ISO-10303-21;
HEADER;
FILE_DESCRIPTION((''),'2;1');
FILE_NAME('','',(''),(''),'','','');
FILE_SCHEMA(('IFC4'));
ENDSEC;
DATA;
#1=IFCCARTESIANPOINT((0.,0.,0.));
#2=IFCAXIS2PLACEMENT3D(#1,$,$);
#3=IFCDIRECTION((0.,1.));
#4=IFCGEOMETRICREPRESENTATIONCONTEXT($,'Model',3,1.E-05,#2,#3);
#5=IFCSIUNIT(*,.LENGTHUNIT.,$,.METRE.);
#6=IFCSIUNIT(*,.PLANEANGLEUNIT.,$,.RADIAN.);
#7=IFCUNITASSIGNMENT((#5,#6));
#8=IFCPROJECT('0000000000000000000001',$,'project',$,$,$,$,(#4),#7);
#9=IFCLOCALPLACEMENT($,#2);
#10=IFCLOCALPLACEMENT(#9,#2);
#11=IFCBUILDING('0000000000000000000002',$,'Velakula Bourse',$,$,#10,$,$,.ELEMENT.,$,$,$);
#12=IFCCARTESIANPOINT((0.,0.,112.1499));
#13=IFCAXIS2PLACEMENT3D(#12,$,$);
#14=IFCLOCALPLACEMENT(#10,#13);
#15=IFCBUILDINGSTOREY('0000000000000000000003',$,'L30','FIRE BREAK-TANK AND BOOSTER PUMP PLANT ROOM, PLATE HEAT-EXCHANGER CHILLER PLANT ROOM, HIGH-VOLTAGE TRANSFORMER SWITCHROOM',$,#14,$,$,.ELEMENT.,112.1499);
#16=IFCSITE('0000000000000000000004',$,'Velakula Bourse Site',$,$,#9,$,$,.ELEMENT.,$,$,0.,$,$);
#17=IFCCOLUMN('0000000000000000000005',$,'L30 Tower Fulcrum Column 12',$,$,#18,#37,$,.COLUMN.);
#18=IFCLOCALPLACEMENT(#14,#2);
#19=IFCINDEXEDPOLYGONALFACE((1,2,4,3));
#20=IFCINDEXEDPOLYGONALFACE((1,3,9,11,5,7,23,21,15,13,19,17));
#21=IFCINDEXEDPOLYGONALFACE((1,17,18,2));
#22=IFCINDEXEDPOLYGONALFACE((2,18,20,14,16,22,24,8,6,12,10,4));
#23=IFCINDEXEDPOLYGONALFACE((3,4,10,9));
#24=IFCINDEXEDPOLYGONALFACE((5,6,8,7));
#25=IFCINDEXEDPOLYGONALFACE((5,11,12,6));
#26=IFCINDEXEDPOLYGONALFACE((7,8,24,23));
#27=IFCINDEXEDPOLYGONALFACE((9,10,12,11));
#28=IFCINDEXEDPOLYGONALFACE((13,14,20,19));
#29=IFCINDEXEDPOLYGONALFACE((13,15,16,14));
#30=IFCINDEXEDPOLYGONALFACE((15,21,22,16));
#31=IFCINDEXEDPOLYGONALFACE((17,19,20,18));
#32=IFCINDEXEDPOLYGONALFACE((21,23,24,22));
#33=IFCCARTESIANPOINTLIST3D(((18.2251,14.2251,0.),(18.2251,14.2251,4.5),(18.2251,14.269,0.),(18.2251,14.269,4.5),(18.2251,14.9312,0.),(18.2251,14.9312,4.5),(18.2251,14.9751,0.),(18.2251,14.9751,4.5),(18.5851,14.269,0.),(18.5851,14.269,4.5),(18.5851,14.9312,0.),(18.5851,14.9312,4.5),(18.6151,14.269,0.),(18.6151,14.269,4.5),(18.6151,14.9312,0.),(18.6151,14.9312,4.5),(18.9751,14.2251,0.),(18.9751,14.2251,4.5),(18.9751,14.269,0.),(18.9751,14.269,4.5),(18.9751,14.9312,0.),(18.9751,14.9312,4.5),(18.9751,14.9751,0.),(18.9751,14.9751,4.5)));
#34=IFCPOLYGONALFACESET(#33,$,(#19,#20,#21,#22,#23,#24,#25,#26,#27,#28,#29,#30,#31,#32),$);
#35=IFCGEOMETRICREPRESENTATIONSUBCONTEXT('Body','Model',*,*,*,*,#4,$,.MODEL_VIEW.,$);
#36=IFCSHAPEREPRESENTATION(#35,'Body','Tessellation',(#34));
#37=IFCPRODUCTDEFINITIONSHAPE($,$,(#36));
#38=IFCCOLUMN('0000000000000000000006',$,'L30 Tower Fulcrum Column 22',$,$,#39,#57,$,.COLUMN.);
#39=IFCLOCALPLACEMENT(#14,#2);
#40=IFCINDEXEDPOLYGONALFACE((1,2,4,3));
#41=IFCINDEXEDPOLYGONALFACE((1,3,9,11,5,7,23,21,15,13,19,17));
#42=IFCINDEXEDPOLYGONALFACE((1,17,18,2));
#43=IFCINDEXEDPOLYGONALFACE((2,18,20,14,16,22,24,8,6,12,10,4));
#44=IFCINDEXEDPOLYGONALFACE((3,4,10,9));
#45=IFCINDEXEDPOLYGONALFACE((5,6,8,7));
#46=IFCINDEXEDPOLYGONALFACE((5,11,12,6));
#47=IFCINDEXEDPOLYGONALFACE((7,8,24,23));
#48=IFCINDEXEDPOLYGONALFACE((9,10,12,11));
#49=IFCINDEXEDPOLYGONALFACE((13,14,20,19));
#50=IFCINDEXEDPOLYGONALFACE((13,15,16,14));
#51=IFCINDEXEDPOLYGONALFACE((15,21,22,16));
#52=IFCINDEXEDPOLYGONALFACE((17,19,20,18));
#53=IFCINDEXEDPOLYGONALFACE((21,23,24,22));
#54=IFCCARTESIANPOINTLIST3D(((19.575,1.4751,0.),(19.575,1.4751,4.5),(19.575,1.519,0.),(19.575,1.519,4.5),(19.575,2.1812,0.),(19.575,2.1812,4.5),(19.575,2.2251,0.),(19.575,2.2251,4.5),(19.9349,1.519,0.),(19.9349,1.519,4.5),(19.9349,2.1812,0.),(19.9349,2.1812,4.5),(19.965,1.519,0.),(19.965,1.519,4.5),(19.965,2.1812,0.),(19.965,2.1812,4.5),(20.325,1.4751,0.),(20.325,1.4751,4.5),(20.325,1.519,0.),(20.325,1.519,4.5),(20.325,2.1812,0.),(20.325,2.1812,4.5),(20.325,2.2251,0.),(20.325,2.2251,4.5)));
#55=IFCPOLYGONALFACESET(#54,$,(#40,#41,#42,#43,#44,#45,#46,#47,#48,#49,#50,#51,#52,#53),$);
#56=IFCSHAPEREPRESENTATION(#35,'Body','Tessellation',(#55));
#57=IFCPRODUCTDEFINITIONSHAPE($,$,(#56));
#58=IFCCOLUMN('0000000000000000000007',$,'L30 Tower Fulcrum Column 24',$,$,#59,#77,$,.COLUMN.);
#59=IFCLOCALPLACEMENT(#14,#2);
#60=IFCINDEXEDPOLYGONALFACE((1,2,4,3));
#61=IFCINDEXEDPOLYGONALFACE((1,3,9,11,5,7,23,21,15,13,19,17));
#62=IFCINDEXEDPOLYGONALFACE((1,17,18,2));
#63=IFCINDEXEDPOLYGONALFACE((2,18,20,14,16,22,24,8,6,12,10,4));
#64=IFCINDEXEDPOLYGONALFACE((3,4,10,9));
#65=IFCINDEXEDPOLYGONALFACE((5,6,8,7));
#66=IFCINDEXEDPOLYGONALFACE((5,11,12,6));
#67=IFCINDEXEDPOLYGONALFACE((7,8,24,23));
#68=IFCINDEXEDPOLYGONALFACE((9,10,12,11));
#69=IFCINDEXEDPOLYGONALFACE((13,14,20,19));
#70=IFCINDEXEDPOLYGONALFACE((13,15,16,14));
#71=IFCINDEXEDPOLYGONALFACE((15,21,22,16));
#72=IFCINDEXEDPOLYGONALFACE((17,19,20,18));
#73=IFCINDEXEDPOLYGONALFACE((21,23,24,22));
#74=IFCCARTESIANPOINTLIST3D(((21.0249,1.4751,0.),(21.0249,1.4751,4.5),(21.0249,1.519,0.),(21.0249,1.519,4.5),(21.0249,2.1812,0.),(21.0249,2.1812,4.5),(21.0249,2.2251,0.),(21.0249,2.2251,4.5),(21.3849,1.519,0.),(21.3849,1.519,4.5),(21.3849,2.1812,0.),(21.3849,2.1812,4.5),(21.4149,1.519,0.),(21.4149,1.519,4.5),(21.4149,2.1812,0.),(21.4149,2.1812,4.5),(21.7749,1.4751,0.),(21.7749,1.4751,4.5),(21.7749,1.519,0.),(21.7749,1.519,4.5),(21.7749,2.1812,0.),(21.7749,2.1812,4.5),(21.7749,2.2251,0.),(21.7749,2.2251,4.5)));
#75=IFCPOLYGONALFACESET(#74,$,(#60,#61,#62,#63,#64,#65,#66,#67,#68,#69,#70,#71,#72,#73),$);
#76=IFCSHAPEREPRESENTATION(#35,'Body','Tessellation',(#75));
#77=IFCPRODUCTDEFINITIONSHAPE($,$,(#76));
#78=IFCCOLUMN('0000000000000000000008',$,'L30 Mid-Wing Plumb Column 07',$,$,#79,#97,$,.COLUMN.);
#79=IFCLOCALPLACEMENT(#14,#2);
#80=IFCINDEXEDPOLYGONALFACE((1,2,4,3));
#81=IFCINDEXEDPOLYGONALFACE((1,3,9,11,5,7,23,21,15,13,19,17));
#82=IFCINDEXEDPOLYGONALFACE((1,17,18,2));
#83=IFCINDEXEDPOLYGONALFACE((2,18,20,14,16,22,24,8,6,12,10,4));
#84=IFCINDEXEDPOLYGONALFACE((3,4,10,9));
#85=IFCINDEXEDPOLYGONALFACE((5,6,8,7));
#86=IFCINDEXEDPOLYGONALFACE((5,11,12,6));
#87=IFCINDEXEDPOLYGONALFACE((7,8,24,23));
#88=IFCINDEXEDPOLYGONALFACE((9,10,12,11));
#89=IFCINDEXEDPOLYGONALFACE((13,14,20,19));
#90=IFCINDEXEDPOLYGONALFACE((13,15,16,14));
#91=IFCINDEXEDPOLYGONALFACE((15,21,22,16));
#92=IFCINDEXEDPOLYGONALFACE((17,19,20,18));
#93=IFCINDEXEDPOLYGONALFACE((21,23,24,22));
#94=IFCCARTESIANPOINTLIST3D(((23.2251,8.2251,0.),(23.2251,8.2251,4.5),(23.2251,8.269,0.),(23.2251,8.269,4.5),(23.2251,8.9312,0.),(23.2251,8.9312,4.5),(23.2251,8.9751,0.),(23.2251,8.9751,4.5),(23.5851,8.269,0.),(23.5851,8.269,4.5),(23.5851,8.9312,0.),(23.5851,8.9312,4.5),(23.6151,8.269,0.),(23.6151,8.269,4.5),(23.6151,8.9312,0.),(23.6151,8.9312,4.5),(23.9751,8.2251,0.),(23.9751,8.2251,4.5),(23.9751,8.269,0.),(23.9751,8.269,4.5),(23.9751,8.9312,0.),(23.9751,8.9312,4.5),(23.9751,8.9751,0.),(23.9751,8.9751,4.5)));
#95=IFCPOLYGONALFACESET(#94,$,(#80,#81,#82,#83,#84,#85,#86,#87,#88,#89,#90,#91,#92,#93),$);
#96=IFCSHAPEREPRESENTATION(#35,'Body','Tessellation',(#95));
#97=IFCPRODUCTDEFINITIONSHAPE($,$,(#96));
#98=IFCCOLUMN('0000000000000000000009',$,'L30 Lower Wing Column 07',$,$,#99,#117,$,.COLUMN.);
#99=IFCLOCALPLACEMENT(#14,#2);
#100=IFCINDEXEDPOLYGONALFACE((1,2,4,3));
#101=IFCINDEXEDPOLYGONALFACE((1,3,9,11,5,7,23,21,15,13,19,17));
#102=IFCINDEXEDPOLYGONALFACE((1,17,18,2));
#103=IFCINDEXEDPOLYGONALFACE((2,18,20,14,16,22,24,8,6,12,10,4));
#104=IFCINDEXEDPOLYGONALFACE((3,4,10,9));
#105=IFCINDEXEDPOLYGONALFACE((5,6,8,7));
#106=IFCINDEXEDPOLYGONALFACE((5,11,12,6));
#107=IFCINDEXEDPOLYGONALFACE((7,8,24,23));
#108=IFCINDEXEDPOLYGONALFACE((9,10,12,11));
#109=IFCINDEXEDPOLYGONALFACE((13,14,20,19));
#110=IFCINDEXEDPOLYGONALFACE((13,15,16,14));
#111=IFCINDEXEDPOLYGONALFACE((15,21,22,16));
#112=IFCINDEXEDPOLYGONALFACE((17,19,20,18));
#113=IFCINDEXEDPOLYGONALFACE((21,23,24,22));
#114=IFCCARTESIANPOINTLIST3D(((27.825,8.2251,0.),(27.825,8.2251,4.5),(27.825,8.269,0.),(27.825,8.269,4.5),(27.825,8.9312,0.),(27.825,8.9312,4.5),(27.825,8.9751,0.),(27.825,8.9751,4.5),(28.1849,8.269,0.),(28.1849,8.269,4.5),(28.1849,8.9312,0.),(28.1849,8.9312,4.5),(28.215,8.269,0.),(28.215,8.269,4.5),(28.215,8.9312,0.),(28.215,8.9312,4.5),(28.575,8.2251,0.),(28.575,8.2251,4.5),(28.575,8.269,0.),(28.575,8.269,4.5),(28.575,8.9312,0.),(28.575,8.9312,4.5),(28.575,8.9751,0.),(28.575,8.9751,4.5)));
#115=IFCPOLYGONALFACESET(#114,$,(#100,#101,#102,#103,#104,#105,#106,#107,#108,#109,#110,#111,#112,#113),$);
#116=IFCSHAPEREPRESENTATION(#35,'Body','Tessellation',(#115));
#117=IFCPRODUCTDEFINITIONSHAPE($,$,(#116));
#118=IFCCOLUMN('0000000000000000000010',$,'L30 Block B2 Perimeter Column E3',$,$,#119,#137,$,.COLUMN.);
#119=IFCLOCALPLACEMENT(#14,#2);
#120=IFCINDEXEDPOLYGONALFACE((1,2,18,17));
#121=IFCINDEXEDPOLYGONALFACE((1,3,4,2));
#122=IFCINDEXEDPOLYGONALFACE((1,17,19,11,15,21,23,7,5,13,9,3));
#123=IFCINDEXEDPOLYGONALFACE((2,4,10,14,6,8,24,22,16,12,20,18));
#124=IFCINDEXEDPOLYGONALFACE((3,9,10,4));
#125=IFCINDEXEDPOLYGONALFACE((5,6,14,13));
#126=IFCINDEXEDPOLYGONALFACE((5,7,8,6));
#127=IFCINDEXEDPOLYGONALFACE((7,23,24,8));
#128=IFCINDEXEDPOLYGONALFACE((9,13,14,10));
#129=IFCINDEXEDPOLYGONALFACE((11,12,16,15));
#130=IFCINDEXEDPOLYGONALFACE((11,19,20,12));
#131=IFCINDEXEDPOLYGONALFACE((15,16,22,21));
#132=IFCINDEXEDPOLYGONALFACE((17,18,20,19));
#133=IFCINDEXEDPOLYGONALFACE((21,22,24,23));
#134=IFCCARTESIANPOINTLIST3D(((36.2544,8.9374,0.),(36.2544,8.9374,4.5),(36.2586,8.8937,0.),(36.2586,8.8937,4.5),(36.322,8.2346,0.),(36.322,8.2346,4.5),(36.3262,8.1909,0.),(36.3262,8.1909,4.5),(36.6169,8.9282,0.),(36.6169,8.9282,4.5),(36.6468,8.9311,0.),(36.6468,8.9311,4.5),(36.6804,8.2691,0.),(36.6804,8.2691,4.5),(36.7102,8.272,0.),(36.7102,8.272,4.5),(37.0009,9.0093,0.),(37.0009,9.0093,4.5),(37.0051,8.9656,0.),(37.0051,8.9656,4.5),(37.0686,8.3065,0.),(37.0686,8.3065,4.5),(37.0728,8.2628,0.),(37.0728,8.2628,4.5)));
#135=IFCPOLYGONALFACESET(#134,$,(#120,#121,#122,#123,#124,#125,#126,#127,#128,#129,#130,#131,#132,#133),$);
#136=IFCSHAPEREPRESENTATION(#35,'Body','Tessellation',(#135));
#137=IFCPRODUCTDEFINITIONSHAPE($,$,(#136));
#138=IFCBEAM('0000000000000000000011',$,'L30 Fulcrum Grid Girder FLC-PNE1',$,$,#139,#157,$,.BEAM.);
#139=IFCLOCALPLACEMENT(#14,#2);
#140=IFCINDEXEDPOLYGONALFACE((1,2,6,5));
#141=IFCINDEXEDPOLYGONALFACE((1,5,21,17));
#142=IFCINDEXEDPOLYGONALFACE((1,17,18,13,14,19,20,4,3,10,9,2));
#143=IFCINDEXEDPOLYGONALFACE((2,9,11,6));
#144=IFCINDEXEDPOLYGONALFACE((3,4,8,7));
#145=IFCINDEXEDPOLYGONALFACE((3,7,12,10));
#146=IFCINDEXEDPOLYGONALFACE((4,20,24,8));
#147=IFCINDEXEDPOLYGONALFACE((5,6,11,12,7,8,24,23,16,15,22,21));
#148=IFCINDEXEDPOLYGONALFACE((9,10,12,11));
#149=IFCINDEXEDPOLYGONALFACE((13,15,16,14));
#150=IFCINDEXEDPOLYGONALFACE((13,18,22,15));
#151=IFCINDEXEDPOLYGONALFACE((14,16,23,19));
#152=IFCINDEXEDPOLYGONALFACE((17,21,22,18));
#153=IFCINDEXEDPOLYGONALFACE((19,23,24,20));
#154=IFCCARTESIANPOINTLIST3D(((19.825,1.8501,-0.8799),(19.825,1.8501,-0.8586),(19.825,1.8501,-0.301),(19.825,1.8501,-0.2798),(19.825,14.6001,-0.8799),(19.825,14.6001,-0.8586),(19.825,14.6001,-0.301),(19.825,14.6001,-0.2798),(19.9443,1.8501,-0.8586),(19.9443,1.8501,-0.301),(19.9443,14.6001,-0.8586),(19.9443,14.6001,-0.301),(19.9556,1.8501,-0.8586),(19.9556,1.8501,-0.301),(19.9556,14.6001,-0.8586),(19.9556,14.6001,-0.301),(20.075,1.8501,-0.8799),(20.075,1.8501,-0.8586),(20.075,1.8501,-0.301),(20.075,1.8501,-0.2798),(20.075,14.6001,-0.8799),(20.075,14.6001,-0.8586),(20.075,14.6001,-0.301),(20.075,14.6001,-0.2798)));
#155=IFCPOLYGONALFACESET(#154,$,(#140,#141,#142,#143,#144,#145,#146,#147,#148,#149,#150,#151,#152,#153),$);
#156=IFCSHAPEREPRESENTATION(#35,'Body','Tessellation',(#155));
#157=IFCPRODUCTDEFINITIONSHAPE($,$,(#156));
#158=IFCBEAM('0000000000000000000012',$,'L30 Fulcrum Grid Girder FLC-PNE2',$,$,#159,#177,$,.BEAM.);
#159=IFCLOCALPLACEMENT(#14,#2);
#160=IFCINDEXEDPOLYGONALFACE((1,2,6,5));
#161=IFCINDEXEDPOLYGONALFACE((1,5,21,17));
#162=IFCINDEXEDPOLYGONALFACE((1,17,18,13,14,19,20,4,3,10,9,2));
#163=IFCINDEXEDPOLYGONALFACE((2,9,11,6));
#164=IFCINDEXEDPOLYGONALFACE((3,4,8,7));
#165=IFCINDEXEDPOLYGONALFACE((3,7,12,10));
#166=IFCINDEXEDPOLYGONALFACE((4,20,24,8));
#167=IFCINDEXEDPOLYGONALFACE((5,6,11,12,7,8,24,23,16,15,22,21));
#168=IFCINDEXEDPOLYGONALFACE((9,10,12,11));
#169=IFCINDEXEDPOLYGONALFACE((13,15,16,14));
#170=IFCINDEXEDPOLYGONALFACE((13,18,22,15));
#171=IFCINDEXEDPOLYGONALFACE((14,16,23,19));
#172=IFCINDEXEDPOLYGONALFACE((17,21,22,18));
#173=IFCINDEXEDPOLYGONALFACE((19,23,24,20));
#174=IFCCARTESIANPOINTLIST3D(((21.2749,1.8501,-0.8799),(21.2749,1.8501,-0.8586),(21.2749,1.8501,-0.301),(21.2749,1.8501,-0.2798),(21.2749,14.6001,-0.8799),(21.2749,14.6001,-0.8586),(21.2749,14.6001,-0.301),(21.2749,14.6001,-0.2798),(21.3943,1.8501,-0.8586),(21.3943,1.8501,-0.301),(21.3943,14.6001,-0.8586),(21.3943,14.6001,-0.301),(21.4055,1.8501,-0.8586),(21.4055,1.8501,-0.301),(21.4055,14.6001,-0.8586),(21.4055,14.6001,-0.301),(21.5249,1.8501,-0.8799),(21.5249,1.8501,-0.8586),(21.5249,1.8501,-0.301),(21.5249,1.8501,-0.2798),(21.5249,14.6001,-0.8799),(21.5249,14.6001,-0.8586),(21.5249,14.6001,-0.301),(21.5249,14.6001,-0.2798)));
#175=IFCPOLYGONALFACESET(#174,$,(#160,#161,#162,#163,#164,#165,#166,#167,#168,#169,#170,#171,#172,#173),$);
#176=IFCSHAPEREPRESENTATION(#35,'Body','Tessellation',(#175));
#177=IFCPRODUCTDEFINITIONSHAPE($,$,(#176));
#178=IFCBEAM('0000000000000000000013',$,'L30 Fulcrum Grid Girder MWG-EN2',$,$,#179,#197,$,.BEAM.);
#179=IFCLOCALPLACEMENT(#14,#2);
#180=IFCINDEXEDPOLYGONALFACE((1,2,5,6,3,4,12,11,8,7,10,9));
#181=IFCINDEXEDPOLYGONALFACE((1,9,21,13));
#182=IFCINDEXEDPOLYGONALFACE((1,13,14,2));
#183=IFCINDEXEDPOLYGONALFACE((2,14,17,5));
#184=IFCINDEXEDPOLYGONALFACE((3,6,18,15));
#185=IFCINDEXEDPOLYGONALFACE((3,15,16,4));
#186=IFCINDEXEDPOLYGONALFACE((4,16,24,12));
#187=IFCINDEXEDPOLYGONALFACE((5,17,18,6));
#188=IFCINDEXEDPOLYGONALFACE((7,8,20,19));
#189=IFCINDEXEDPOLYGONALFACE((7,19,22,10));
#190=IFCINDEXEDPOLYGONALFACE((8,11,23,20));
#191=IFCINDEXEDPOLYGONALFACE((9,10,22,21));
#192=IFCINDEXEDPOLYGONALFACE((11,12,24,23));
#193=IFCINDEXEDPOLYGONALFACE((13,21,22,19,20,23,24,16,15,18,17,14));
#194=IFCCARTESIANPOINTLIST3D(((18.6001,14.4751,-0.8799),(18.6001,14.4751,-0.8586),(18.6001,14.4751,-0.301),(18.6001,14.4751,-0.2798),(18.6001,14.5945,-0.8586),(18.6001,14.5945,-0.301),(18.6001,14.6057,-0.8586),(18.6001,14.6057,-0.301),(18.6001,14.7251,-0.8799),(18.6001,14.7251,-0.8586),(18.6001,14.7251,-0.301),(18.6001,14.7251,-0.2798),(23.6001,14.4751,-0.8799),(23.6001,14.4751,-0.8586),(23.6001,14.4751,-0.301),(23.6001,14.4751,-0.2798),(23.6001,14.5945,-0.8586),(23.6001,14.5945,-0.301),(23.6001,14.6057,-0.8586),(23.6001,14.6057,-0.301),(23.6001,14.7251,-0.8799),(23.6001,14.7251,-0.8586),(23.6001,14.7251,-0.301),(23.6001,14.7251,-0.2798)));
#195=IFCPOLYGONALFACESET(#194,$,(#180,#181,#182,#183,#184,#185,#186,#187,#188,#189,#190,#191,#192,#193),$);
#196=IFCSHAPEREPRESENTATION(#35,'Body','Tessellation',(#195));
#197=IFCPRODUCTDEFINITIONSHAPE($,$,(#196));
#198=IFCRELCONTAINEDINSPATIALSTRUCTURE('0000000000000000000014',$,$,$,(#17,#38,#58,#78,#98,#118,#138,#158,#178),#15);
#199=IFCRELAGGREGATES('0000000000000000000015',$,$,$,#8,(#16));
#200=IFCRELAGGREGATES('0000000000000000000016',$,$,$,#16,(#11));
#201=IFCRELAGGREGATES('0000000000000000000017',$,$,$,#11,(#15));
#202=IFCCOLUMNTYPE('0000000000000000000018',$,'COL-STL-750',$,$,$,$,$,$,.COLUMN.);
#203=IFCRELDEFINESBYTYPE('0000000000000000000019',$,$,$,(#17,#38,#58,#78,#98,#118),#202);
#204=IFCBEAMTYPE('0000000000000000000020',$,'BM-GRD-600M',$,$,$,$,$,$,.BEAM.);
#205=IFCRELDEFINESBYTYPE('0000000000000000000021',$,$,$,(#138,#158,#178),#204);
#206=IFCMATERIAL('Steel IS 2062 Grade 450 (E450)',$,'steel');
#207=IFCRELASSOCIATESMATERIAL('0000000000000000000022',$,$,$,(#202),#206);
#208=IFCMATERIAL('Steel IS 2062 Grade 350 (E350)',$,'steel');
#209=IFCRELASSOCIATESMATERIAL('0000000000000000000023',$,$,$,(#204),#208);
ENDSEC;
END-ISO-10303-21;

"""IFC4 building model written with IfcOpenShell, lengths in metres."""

from ifc_helpers import new_model, si_unit, direction, frame, origin, origin_2d, place, context, subcontext, project, spatial, i_section, extrude, material, material_profile, profile_set, type_object, element, save


model = new_model("IFC4")

# Units and contexts
model_context = context("Model", 3, precision=1e-05, world=origin(), true_north=direction((0.0, 1.0)))
body_context = subcontext(model_context, "Body", "Model", "MODEL_VIEW")
ifc_project = project(units=[si_unit("LENGTHUNIT", "METRE"), si_unit("PLANEANGLEUNIT", "RADIAN")], contexts=[model_context])

# Site, building, storey
site_placement = place(None, origin())
site = spatial("IfcSite", under=ifc_project, at=site_placement, Name="Velakula Bourse Site", CompositionType="ELEMENT", RefElevation=0.0)
building_placement = place(site_placement, origin())
building = spatial("IfcBuilding", under=site, at=building_placement, Name="Velakula Bourse", CompositionType="ELEMENT")
storey_placement = place(building_placement, frame((0.0, 0.0, 112.1499)))
storey = spatial("IfcBuildingStorey", under=building, at=storey_placement, Name="L30", Description="FIRE BREAK-TANK AND BOOSTER PUMP PLANT ROOM, PLATE HEAT-EXCHANGER CHILLER PLANT ROOM, HIGH-VOLTAGE TRANSFORMER SWITCHROOM", CompositionType="ELEMENT", Elevation=112.1499)

# Columns
ifc_material_1 = material(Name="Steel IS 2062 Grade 450 (E450)", Category="steel")
ifc_material_profile_1 = material_profile(ifc_material_1, i_section(OverallWidth=0.75, OverallDepth=0.75, WebThickness=0.03, FlangeThickness=0.0439, at=origin_2d()), Name="Steel IS 2062 Grade 450 (E450)")
ifc_profile_set_1 = profile_set([ifc_material_profile_1], Name="Steel IS 2062 Grade 450 (E450)")
column_type = type_object("IfcColumnType", Name="COL-STL-750", PredefinedType="COLUMN", material=ifc_profile_set_1)
for number, where, z_axis, x_axis, name in (
    (1, (18.6001, 14.6001, 0.0), (0.0, 0.0, 1.0), (1.0, 0.0, 0.0), "L30 Tower Fulcrum Column 12"),
    (2, (19.95, 1.8501, 0.0), (0.0, 0.0, 1.0), (1.0, 0.0, 0.0), "L30 Tower Fulcrum Column 22"),
    (3, (21.3999, 1.8501, 0.0), (0.0, 0.0, 1.0), (1.0, 0.0, 0.0), "L30 Tower Fulcrum Column 24"),
    (4, (23.6001, 8.6001, 0.0), (0.0, 0.0, 1.0), (1.0, 0.0, 0.0), "L30 Mid-Wing Plumb Column 07"),
    (5, (28.2, 8.6001, 0.0), (0.0, 0.0, 1.0), (1.0, 0.0, 0.0), "L30 Lower Wing Column 07"),
    (6, (36.6636, 8.6001, 0.0), (0.0, 0.0, 1.0), (0.995396, 0.095846, 0.0), "L30 Block B2 Perimeter Column E3"),
):
    element("IfcColumn", number, at=place(storey_placement, frame(where, z_axis=z_axis, x_axis=x_axis)), inside=storey, type_object=column_type, Name=name, PredefinedType="COLUMN", context=body_context, shape_type="SweptSolid", body=[
        extrude(i_section(OverallWidth=0.75, OverallDepth=0.75, WebThickness=0.03, FlangeThickness=0.0439, at=origin_2d()), origin(), (0.0, 0.0, 1.0), 4.5),
    ])

# Beams
ifc_material_2 = material(Name="Steel IS 2062 Grade 350 (E350)", Category="steel")
ifc_material_profile_2 = material_profile(ifc_material_2, i_section(OverallWidth=0.25, OverallDepth=0.6001, WebThickness=0.0112, FlangeThickness=0.0212, at=origin_2d()), Name="Steel IS 2062 Grade 350 (E350)")
ifc_profile_set_2 = profile_set([ifc_material_profile_2], Name="Steel IS 2062 Grade 350 (E350)")
beam_type_1 = type_object("IfcBeamType", Name="BM-GRD-600M", PredefinedType="BEAM", material=ifc_profile_set_2)
for number, where, z_axis, x_axis, name in (
    (7, (19.95, 1.8501, -0.5798), (0.0, 1.0, 0.0), (-1.0, 0.0, 0.0), "L30 Fulcrum Grid Girder FLC-PNE1"),
    (8, (21.3999, 1.8501, -0.5798), (0.0, 1.0, 0.0), (-1.0, 0.0, 0.0), "L30 Fulcrum Grid Girder FLC-PNE2"),
):
    element("IfcBeam", number, at=place(storey_placement, frame(where, z_axis=z_axis, x_axis=x_axis)), inside=storey, type_object=beam_type_1, Name=name, PredefinedType="BEAM", context=body_context, shape_type="SweptSolid", body=[
        extrude(i_section(OverallWidth=0.25, OverallDepth=0.6001, WebThickness=0.0112, FlangeThickness=0.0212, at=origin_2d()), origin(), (0.0, 0.0, 1.0), 12.75),
    ])
beam_1_placement = place(storey_placement, frame((18.6001, 14.6001, -0.5798), z_axis=(1.0, 0.0, 0.0), x_axis=(0.0, 1.0, 0.0)))
element("IfcBeam", 9, at=beam_1_placement, inside=storey, type_object=beam_type_1, Name="L30 Fulcrum Grid Girder MWG-EN2", PredefinedType="BEAM", context=body_context, shape_type="SweptSolid", body=[
    extrude(i_section(OverallWidth=0.25, OverallDepth=0.6001, WebThickness=0.0112, FlangeThickness=0.0212, at=origin_2d()), origin(), (0.0, 0.0, 1.0), 5.0),
])

save(model, "model.ifc")
